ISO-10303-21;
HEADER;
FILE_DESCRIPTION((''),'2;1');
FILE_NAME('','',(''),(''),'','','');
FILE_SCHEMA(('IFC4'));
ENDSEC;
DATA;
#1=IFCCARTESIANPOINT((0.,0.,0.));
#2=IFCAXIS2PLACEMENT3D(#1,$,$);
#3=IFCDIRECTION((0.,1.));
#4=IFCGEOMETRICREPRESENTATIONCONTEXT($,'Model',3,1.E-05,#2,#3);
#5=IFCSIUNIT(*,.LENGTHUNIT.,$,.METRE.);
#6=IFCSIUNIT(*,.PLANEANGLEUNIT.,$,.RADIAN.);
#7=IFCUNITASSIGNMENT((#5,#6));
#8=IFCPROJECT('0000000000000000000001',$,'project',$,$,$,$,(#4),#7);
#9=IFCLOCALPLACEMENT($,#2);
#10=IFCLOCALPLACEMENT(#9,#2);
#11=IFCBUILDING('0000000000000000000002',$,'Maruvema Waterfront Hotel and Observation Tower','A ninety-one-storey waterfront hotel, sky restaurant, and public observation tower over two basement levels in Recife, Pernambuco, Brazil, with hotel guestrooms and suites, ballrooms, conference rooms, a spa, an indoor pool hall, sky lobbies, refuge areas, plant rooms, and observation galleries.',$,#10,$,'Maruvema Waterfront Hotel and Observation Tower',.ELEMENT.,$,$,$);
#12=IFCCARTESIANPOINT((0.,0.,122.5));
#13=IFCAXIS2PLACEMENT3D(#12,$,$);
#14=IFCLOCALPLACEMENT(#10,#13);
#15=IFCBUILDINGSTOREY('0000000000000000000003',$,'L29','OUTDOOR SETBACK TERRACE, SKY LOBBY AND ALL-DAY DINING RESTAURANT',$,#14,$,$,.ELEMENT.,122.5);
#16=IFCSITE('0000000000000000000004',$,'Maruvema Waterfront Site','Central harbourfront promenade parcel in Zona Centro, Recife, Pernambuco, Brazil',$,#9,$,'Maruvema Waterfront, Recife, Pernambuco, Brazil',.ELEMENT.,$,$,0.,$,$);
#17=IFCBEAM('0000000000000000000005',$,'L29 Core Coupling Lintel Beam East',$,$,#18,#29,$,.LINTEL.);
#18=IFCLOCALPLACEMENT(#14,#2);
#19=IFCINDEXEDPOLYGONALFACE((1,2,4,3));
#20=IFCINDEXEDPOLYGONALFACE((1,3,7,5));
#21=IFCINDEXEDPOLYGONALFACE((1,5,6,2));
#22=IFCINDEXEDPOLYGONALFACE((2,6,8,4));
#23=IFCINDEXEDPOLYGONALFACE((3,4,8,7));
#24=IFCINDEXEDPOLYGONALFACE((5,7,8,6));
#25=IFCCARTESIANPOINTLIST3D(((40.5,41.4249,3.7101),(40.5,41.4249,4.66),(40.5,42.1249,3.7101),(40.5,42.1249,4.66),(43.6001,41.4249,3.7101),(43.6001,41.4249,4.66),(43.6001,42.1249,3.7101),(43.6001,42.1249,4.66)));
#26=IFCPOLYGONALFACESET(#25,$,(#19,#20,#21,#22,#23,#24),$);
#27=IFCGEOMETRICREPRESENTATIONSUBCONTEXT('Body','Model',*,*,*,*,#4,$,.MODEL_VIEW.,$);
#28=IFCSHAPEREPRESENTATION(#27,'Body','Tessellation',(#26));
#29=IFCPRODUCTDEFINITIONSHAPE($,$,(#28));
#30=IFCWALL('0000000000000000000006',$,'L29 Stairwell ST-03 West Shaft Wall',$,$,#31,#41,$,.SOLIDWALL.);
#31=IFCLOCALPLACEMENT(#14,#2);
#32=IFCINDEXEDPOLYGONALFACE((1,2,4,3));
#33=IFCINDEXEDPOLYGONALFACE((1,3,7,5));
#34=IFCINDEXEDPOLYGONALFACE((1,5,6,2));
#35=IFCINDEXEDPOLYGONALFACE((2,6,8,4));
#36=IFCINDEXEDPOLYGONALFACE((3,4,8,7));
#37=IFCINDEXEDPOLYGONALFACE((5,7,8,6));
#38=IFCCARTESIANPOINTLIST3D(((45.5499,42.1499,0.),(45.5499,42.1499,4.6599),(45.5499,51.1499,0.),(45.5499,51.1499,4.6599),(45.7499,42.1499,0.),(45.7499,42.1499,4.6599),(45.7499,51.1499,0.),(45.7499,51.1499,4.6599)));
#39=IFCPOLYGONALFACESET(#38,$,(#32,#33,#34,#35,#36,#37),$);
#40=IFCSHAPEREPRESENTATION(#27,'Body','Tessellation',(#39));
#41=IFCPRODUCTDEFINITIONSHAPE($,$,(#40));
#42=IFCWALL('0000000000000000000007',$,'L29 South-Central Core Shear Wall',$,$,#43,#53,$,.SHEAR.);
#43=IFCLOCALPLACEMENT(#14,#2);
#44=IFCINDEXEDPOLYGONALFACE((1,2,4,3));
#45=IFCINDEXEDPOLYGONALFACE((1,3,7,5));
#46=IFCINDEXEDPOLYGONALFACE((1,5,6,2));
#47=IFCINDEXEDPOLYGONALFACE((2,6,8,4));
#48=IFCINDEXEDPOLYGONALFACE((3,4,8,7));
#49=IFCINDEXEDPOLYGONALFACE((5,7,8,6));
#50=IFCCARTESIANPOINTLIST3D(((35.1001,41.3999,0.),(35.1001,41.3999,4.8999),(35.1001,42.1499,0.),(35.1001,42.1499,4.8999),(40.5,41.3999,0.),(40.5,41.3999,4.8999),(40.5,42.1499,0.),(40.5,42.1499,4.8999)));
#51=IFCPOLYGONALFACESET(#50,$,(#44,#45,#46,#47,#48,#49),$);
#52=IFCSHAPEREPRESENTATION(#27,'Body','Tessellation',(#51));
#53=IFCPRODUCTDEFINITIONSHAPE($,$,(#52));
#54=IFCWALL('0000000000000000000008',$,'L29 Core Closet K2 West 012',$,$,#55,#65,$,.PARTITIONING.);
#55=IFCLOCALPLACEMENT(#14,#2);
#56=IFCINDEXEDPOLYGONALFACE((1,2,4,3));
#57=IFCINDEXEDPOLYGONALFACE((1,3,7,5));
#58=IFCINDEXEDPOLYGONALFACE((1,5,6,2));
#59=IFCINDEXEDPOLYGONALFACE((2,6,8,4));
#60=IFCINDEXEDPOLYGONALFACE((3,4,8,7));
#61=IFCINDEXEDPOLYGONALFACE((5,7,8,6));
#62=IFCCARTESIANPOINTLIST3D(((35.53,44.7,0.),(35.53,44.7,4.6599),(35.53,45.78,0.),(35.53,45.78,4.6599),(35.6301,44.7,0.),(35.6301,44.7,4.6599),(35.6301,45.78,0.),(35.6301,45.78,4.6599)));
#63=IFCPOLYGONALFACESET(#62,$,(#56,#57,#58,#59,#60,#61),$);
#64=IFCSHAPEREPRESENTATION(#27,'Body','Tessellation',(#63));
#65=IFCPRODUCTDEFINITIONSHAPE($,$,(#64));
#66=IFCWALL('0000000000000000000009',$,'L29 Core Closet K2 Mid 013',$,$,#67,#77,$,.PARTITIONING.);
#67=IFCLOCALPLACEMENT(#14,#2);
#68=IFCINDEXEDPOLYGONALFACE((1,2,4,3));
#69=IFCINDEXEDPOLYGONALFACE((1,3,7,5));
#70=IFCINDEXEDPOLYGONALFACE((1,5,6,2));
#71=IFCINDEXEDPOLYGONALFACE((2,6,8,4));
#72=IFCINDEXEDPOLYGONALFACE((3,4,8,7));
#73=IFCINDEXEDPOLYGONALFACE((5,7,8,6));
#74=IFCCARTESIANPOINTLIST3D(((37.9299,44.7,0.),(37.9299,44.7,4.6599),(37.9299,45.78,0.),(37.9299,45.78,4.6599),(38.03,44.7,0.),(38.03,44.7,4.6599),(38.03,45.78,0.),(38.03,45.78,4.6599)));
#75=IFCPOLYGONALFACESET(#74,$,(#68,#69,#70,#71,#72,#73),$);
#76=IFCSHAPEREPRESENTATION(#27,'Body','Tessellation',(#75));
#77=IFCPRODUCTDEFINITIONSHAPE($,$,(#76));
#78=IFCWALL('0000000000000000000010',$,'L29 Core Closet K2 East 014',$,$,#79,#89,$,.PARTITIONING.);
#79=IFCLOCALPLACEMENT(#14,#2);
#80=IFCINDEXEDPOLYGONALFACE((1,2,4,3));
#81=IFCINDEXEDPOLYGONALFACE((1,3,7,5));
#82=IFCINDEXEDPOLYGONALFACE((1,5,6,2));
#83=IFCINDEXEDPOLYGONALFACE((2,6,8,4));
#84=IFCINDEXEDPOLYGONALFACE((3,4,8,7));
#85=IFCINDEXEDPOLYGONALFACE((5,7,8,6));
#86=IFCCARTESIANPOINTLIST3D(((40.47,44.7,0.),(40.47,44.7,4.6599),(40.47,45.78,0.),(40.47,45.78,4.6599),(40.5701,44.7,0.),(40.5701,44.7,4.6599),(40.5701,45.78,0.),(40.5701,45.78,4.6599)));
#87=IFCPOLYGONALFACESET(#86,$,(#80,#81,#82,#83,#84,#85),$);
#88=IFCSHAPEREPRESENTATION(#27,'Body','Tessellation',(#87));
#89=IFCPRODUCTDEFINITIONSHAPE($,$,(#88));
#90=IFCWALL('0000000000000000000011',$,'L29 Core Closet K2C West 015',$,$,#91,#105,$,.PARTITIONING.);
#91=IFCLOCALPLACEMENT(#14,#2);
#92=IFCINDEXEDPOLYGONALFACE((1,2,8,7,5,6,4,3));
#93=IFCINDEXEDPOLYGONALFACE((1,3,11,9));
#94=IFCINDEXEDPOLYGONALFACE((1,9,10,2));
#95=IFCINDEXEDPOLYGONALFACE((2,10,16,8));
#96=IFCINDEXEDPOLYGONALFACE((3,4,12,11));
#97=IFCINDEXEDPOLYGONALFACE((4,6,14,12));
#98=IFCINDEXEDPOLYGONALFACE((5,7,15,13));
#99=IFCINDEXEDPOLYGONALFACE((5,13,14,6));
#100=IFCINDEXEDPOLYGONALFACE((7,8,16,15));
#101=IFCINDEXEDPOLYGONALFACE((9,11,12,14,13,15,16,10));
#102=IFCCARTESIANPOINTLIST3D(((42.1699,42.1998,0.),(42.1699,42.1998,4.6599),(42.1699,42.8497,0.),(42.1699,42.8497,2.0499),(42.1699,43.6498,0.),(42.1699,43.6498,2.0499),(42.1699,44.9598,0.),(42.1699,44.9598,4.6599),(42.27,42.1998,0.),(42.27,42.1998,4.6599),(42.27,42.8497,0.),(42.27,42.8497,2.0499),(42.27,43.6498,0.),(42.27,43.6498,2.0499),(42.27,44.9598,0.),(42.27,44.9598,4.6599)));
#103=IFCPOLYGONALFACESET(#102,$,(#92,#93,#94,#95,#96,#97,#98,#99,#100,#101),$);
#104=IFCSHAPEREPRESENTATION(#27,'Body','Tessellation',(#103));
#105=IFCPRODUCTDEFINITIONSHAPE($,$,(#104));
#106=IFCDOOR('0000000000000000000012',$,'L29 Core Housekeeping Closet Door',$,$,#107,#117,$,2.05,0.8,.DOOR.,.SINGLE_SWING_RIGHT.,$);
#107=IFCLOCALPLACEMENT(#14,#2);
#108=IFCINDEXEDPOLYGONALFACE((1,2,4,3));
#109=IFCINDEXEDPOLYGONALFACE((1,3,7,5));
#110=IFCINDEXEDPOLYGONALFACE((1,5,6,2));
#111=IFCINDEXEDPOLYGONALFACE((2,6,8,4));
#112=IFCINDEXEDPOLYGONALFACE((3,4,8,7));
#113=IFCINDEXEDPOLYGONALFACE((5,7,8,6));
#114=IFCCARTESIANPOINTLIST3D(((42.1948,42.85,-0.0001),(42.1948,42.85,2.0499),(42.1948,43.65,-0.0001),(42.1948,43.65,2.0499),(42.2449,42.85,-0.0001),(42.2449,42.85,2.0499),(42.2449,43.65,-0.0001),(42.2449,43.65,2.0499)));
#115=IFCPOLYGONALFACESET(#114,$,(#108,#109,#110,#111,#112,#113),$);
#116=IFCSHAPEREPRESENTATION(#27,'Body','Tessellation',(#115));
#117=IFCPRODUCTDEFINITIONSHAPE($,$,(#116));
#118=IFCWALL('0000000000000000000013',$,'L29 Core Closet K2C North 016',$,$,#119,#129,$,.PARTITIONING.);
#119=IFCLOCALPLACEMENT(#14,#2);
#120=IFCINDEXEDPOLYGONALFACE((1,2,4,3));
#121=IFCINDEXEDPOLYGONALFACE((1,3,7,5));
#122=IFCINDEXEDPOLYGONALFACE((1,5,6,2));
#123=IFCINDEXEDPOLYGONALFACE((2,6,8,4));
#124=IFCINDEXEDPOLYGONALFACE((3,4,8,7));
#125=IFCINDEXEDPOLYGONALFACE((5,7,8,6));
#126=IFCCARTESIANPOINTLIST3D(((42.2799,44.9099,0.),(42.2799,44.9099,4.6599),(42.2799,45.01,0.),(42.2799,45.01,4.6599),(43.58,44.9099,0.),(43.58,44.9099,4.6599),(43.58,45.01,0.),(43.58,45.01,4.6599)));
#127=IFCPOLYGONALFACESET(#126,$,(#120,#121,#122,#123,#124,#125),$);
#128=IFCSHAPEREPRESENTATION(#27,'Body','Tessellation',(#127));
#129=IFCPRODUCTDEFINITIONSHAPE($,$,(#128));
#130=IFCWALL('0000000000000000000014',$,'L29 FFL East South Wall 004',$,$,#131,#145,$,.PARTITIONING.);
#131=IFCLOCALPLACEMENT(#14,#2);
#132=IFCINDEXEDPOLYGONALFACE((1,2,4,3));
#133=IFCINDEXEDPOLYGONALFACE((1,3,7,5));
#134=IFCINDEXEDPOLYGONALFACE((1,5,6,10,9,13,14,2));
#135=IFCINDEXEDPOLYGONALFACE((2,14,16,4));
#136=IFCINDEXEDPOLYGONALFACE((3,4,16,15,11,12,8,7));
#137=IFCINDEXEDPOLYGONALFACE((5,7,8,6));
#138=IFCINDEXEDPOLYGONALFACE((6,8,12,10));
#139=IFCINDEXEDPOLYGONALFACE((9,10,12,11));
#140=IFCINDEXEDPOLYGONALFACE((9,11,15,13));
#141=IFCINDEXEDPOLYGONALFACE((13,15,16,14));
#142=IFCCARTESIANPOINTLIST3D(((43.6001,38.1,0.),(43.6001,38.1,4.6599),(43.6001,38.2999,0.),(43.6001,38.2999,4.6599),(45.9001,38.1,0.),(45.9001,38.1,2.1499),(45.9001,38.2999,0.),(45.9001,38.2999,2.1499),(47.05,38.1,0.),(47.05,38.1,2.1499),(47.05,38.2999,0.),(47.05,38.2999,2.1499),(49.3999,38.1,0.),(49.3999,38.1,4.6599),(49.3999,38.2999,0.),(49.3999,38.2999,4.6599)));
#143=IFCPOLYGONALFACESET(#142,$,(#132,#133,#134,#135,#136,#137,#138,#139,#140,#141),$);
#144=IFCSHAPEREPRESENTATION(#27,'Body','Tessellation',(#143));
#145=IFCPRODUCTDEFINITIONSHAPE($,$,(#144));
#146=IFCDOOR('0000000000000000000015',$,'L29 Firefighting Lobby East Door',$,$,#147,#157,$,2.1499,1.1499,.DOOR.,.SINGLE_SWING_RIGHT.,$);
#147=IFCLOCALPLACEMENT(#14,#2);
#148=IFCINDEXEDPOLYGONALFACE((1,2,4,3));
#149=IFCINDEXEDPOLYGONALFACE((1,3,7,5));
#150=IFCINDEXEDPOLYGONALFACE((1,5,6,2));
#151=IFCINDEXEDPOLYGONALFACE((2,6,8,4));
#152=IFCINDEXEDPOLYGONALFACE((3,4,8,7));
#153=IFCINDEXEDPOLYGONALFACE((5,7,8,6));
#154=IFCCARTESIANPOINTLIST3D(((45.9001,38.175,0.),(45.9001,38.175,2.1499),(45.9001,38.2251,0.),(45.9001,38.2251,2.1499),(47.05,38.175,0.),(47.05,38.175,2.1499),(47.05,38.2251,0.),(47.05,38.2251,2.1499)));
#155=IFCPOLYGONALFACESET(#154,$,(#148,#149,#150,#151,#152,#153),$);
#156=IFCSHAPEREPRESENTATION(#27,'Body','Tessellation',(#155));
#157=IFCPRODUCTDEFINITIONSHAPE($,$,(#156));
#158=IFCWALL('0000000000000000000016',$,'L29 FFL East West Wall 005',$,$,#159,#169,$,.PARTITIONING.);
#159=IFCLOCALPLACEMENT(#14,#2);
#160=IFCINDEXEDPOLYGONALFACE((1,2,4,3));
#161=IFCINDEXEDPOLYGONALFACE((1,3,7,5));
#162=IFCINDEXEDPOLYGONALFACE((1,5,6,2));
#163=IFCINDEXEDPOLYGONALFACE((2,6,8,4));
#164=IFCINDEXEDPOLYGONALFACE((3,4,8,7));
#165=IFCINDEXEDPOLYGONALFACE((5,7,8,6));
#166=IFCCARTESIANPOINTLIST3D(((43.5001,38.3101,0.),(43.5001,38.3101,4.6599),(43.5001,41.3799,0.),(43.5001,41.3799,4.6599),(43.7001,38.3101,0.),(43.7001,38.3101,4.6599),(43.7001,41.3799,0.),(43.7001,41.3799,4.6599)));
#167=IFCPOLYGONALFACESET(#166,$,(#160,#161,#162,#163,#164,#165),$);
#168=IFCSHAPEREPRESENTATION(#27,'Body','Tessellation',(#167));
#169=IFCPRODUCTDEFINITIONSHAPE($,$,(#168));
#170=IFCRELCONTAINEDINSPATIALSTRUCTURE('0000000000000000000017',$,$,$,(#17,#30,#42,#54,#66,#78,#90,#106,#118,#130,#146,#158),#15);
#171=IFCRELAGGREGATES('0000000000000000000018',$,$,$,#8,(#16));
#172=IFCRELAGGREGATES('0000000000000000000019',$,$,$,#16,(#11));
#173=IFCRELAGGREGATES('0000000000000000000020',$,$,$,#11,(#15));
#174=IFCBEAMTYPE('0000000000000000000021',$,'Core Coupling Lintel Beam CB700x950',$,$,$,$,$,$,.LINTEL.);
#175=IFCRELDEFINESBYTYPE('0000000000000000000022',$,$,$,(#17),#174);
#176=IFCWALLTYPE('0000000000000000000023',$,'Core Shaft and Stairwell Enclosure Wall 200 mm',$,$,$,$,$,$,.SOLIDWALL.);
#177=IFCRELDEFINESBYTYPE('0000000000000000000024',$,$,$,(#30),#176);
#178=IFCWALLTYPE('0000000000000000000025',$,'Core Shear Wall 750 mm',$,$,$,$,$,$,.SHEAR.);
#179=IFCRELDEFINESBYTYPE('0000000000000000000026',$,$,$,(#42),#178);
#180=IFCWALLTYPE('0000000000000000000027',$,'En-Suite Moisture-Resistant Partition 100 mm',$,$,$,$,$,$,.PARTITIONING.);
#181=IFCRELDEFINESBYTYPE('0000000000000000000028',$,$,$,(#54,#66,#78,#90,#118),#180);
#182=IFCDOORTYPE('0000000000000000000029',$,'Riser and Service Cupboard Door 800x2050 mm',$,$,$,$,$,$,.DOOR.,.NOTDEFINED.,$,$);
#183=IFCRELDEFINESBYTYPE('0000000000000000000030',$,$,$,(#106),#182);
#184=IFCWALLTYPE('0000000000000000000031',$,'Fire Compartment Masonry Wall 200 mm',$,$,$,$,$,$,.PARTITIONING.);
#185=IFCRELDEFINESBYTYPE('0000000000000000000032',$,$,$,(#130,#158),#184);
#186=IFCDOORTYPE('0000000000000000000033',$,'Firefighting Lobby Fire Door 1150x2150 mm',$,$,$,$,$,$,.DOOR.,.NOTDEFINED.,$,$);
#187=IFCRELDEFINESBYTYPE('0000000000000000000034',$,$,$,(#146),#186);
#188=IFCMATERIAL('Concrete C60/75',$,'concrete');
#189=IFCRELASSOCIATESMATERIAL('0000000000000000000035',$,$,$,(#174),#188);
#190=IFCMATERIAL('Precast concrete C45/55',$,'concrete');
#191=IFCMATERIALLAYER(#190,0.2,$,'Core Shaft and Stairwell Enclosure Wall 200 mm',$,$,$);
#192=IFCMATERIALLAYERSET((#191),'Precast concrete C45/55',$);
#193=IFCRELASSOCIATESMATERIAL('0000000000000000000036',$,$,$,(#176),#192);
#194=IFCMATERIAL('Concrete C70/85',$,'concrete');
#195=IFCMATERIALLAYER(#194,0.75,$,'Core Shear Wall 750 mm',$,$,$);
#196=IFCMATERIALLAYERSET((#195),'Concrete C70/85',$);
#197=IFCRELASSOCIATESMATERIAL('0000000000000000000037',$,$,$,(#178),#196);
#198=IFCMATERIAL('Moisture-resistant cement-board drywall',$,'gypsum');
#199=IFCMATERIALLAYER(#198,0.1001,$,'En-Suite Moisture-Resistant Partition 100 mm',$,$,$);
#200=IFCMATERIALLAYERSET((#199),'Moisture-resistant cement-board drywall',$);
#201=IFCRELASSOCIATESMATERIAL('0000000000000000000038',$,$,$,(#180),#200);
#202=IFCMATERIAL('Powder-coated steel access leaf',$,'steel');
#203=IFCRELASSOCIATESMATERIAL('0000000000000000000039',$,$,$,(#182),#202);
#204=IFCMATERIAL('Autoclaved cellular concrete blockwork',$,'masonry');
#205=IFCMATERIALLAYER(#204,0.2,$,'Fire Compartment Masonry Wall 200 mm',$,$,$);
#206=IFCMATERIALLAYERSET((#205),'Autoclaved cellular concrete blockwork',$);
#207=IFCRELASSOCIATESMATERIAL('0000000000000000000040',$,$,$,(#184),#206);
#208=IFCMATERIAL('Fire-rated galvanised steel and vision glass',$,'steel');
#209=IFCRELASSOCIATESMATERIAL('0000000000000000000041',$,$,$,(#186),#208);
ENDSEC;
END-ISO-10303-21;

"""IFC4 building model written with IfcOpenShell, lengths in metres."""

from ifc_helpers import new_model, si_unit, direction, frame, frame_2d, origin, origin_2d, place, context, subcontext, project, spatial, rectangle, extrude, material, layer, layer_set, material_profile, profile_set, type_object, element, fill, save


model = new_model("IFC4")

# Units and contexts
model_context = context("Model", 3, precision=1e-05, world=origin(), true_north=direction((0.0, 1.0)))
body_context = subcontext(model_context, "Body", "Model", "MODEL_VIEW")
ifc_project = project(units=[si_unit("LENGTHUNIT", "METRE"), si_unit("PLANEANGLEUNIT", "RADIAN")], contexts=[model_context])

# Site, building, storey
site_placement = place(None, origin())
site = spatial("IfcSite", under=ifc_project, at=site_placement, Name="Maruvema Waterfront Site", Description="Central harbourfront promenade parcel in Zona Centro, Recife, Pernambuco, Brazil", LongName="Maruvema Waterfront, Recife, Pernambuco, Brazil", CompositionType="ELEMENT", RefElevation=0.0)
building_placement = place(site_placement, origin())
building = spatial("IfcBuilding", under=site, at=building_placement, Name="Maruvema Waterfront Hotel and Observation Tower", Description="A ninety-one-storey waterfront hotel, sky restaurant, and public observation tower over two basement levels in Recife, Pernambuco, Brazil, with hotel guestrooms and suites, ballrooms, conference rooms, a spa, an indoor pool hall, sky lobbies, refuge areas, plant rooms, and observation galleries.", LongName="Maruvema Waterfront Hotel and Observation Tower", CompositionType="ELEMENT")
storey_placement = place(building_placement, frame((0.0, 0.0, 122.5)))
storey = spatial("IfcBuildingStorey", under=building, at=storey_placement, Name="L29", Description="OUTDOOR SETBACK TERRACE, SKY LOBBY AND ALL-DAY DINING RESTAURANT", CompositionType="ELEMENT", Elevation=122.5)

# Beam
ifc_material_1 = material(Name="Concrete C60/75", Category="concrete")
ifc_material_profile = material_profile(ifc_material_1, rectangle(XDim=0.7, YDim=0.95, at=origin_2d()), Name="CB700x950")
ifc_profile_set = profile_set([ifc_material_profile], Name="Concrete C60/75")
beam_type = type_object("IfcBeamType", Name="Core Coupling Lintel Beam CB700x950", PredefinedType="LINTEL", material=ifc_profile_set)
beam_placement = place(storey_placement, frame((40.5, 41.7749, 4.1851), z_axis=(1.0, 0.0, 0.0), x_axis=(0.0, 1.0, 0.0)))
element("IfcBeam", 1, at=beam_placement, inside=storey, type_object=beam_type, Name="L29 Core Coupling Lintel Beam East", PredefinedType="LINTEL", context=body_context, shape_type="SweptSolid", body=[
    extrude(rectangle(XDim=0.7, YDim=0.95, at=origin_2d()), origin(), (0.0, 0.0, 1.0), 3.1001),
])

# Wall
ifc_material_2 = material(Name="Precast concrete C45/55", Category="concrete")
ifc_layer_1 = layer(ifc_material_2, 0.2, Name="Core Shaft and Stairwell Enclosure Wall 200 mm")
ifc_layer_set_1 = layer_set([ifc_layer_1], Name="Precast concrete C45/55")
wall_type_1 = type_object("IfcWallType", Name="Core Shaft and Stairwell Enclosure Wall 200 mm", PredefinedType="SOLIDWALL", material=ifc_layer_set_1)
wall_1_placement = place(storey_placement, frame((45.6499, 42.1499, 0.0), z_axis=(0.0, 0.0, 1.0), x_axis=(0.0, 1.0, 0.0)))
element("IfcWall", 2, at=wall_1_placement, inside=storey, type_object=wall_type_1, Name="L29 Stairwell ST-03 West Shaft Wall", PredefinedType="SOLIDWALL", context=body_context, shape_type="SweptSolid", body=[
    extrude(rectangle(XDim=9.0, YDim=0.2, at=frame_2d((4.5, 0.0))), origin(), (0.0, 0.0, 1.0), 4.6599),
])

# Wall
ifc_material_3 = material(Name="Concrete C70/85", Category="concrete")
ifc_layer_2 = layer(ifc_material_3, 0.75, Name="Core Shear Wall 750 mm")
ifc_layer_set_2 = layer_set([ifc_layer_2], Name="Concrete C70/85")
wall_type_2 = type_object("IfcWallType", Name="Core Shear Wall 750 mm", PredefinedType="SHEAR", material=ifc_layer_set_2)
wall_2_placement = place(storey_placement, frame((35.1001, 41.7749, 0.0), z_axis=(0.0, 0.0, 1.0), x_axis=(1.0, 0.0, 0.0)))
element("IfcWall", 3, at=wall_2_placement, inside=storey, type_object=wall_type_2, Name="L29 South-Central Core Shear Wall", PredefinedType="SHEAR", context=body_context, shape_type="SweptSolid", body=[
    extrude(rectangle(XDim=5.3999, YDim=0.75, at=frame_2d((2.7, 0.0))), origin(), (0.0, 0.0, 1.0), 4.8999),
])

# Walls
ifc_material_4 = material(Name="Moisture-resistant cement-board drywall", Category="gypsum")
ifc_layer_3 = layer(ifc_material_4, 0.1001, Name="En-Suite Moisture-Resistant Partition 100 mm")
ifc_layer_set_3 = layer_set([ifc_layer_3], Name="Moisture-resistant cement-board drywall")
wall_type_3 = type_object("IfcWallType", Name="En-Suite Moisture-Resistant Partition 100 mm", PredefinedType="PARTITIONING", material=ifc_layer_set_3)
for number, where, z_axis, x_axis, name in (
    (4, (35.5801, 44.7, 0.0), (0.0, 0.0, 1.0), (0.0, 1.0, 0.0), "L29 Core Closet K2 West 012"),
    (5, (37.98, 44.7, 0.0), (0.0, 0.0, 1.0), (0.0, 1.0, 0.0), "L29 Core Closet K2 Mid 013"),
    (6, (40.52, 44.7, 0.0), (0.0, 0.0, 1.0), (0.0, 1.0, 0.0), "L29 Core Closet K2 East 014"),
):
    element("IfcWall", number, at=place(storey_placement, frame(where, z_axis=z_axis, x_axis=x_axis)), inside=storey, type_object=wall_type_3, Name=name, PredefinedType="PARTITIONING", context=body_context, shape_type="SweptSolid", body=[
        extrude(rectangle(XDim=1.0801, YDim=0.1001, at=frame_2d((0.54, 0.0))), origin(), (0.0, 0.0, 1.0), 4.6599),
    ])

# Wall, opening, door
wall_3_placement = place(storey_placement, frame((42.22, 42.2, 0.0), z_axis=(0.0, 0.0, 1.0), x_axis=(0.0, 1.0, 0.0)))
wall_3 = element("IfcWall", 7, at=wall_3_placement, inside=storey, type_object=wall_type_3, Name="L29 Core Closet K2C West 015", PredefinedType="PARTITIONING", context=body_context, shape_type="SweptSolid", body=[
    extrude(rectangle(XDim=2.76, YDim=0.1001, at=frame_2d((1.3799, 0.0))), origin(), (0.0, 0.0, 1.0), 4.6599),
])
opening_1_placement = place(wall_3_placement, frame((0.6499, 0.0, 0.0)))
opening_1 = element("IfcOpeningElement", 8, at=opening_1_placement, cuts=wall_3, PredefinedType="OPENING", context=body_context, shape_type="SweptSolid", body=[
    extrude(rectangle(XDim=0.8, YDim=2.05, at=frame_2d((0.3999, 1.0249))), frame((0.0, 0.0601, 0.0), z_axis=(0.0, -1.0, 0.0), x_axis=(1.0, 0.0, 0.0)), (0.0, 0.0, 1.0), 0.1201),
])
ifc_material_5 = material(Name="Powder-coated steel access leaf", Category="steel")
door_type_1 = type_object("IfcDoorType", Name="Riser and Service Cupboard Door 800x2050 mm", OperationType="NOTDEFINED", PredefinedType="DOOR", material=ifc_material_5)
door_1_placement = place(opening_1_placement, frame((0.8, 0.0, 0.0), z_axis=(0.0, 0.0, 1.0), x_axis=(-1.0, 0.0, 0.0)))
door_1 = element("IfcDoor", 9, at=door_1_placement, inside=storey, type_object=door_type_1, Name="L29 Core Housekeeping Closet Door", OperationType="SINGLE_SWING_RIGHT", OverallHeight=2.05, OverallWidth=0.8, PredefinedType="DOOR", context=body_context, shape_type="SweptSolid", body=[
    extrude(rectangle(XDim=0.8, YDim=2.05, at=frame_2d((0.3999, 1.0249))), frame((0.0, 0.0249, 0.0), z_axis=(0.0, -1.0, 0.0), x_axis=(1.0, 0.0, 0.0)), (0.0, 0.0, 1.0), 0.05),
])
fill(opening_1, door_1)

# Wall
wall_4_placement = place(storey_placement, frame((42.28, 44.96, 0.0), z_axis=(0.0, 0.0, 1.0), x_axis=(1.0, 0.0, 0.0)))
element("IfcWall", 10, at=wall_4_placement, inside=storey, type_object=wall_type_3, Name="L29 Core Closet K2C North 016", PredefinedType="PARTITIONING", context=body_context, shape_type="SweptSolid", body=[
    extrude(rectangle(XDim=1.3, YDim=0.1001, at=frame_2d((0.6499, 0.0))), origin(), (0.0, 0.0, 1.0), 4.6599),
])

# Wall, opening, door
ifc_material_6 = material(Name="Autoclaved cellular concrete blockwork", Category="masonry")
ifc_layer_4 = layer(ifc_material_6, 0.2, Name="Fire Compartment Masonry Wall 200 mm")
ifc_layer_set_4 = layer_set([ifc_layer_4], Name="Autoclaved cellular concrete blockwork")
wall_type_4 = type_object("IfcWallType", Name="Fire Compartment Masonry Wall 200 mm", PredefinedType="PARTITIONING", material=ifc_layer_set_4)
wall_5_placement = place(storey_placement, frame((43.6001, 38.2, 0.0), z_axis=(0.0, 0.0, 1.0), x_axis=(1.0, 0.0, 0.0)))
wall_5 = element("IfcWall", 11, at=wall_5_placement, inside=storey, type_object=wall_type_4, Name="L29 FFL East South Wall 004", PredefinedType="PARTITIONING", context=body_context, shape_type="SweptSolid", body=[
    extrude(rectangle(XDim=5.7998, YDim=0.2, at=frame_2d((2.8999, 0.0))), origin(), (0.0, 0.0, 1.0), 4.6599),
])
opening_2_placement = place(wall_5_placement, frame((2.3, 0.0, 0.0)))
opening_2 = element("IfcOpeningElement", 12, at=opening_2_placement, cuts=wall_5, PredefinedType="OPENING", context=body_context, shape_type="SweptSolid", body=[
    extrude(rectangle(XDim=1.1499, YDim=2.1499, at=frame_2d((0.575, 1.075))), frame((0.0, 0.1099, 0.0), z_axis=(0.0, -1.0, 0.0), x_axis=(1.0, 0.0, 0.0)), (0.0, 0.0, 1.0), 0.22),
])
ifc_material_7 = material(Name="Fire-rated galvanised steel and vision glass", Category="steel")
door_type_2 = type_object("IfcDoorType", Name="Firefighting Lobby Fire Door 1150x2150 mm", OperationType="NOTDEFINED", PredefinedType="DOOR", material=ifc_material_7)
door_2_placement = place(opening_2_placement, frame((1.1499, 0.0, 0.0), z_axis=(0.0, 0.0, 1.0), x_axis=(-1.0, 0.0, 0.0)))
door_2 = element("IfcDoor", 13, at=door_2_placement, inside=storey, type_object=door_type_2, Name="L29 Firefighting Lobby East Door", OperationType="SINGLE_SWING_RIGHT", OverallHeight=2.1499, OverallWidth=1.1499, PredefinedType="DOOR", context=body_context, shape_type="SweptSolid", body=[
    extrude(rectangle(XDim=1.1499, YDim=2.1499, at=frame_2d((0.575, 1.075))), frame((0.0, 0.0249, 0.0), z_axis=(0.0, -1.0, 0.0), x_axis=(1.0, 0.0, 0.0)), (0.0, 0.0, 1.0), 0.05),
])
fill(opening_2, door_2)

# Wall
wall_6_placement = place(storey_placement, frame((43.6001, 38.3101, 0.0), z_axis=(0.0, 0.0, 1.0), x_axis=(0.0, 1.0, 0.0)))
element("IfcWall", 14, at=wall_6_placement, inside=storey, type_object=wall_type_4, Name="L29 FFL East West Wall 005", PredefinedType="PARTITIONING", context=body_context, shape_type="SweptSolid", body=[
    extrude(rectangle(XDim=3.0698, YDim=0.2, at=frame_2d((1.5349, 0.0))), origin(), (0.0, 0.0, 1.0), 4.6599),
])

save(model, "model.ifc")
